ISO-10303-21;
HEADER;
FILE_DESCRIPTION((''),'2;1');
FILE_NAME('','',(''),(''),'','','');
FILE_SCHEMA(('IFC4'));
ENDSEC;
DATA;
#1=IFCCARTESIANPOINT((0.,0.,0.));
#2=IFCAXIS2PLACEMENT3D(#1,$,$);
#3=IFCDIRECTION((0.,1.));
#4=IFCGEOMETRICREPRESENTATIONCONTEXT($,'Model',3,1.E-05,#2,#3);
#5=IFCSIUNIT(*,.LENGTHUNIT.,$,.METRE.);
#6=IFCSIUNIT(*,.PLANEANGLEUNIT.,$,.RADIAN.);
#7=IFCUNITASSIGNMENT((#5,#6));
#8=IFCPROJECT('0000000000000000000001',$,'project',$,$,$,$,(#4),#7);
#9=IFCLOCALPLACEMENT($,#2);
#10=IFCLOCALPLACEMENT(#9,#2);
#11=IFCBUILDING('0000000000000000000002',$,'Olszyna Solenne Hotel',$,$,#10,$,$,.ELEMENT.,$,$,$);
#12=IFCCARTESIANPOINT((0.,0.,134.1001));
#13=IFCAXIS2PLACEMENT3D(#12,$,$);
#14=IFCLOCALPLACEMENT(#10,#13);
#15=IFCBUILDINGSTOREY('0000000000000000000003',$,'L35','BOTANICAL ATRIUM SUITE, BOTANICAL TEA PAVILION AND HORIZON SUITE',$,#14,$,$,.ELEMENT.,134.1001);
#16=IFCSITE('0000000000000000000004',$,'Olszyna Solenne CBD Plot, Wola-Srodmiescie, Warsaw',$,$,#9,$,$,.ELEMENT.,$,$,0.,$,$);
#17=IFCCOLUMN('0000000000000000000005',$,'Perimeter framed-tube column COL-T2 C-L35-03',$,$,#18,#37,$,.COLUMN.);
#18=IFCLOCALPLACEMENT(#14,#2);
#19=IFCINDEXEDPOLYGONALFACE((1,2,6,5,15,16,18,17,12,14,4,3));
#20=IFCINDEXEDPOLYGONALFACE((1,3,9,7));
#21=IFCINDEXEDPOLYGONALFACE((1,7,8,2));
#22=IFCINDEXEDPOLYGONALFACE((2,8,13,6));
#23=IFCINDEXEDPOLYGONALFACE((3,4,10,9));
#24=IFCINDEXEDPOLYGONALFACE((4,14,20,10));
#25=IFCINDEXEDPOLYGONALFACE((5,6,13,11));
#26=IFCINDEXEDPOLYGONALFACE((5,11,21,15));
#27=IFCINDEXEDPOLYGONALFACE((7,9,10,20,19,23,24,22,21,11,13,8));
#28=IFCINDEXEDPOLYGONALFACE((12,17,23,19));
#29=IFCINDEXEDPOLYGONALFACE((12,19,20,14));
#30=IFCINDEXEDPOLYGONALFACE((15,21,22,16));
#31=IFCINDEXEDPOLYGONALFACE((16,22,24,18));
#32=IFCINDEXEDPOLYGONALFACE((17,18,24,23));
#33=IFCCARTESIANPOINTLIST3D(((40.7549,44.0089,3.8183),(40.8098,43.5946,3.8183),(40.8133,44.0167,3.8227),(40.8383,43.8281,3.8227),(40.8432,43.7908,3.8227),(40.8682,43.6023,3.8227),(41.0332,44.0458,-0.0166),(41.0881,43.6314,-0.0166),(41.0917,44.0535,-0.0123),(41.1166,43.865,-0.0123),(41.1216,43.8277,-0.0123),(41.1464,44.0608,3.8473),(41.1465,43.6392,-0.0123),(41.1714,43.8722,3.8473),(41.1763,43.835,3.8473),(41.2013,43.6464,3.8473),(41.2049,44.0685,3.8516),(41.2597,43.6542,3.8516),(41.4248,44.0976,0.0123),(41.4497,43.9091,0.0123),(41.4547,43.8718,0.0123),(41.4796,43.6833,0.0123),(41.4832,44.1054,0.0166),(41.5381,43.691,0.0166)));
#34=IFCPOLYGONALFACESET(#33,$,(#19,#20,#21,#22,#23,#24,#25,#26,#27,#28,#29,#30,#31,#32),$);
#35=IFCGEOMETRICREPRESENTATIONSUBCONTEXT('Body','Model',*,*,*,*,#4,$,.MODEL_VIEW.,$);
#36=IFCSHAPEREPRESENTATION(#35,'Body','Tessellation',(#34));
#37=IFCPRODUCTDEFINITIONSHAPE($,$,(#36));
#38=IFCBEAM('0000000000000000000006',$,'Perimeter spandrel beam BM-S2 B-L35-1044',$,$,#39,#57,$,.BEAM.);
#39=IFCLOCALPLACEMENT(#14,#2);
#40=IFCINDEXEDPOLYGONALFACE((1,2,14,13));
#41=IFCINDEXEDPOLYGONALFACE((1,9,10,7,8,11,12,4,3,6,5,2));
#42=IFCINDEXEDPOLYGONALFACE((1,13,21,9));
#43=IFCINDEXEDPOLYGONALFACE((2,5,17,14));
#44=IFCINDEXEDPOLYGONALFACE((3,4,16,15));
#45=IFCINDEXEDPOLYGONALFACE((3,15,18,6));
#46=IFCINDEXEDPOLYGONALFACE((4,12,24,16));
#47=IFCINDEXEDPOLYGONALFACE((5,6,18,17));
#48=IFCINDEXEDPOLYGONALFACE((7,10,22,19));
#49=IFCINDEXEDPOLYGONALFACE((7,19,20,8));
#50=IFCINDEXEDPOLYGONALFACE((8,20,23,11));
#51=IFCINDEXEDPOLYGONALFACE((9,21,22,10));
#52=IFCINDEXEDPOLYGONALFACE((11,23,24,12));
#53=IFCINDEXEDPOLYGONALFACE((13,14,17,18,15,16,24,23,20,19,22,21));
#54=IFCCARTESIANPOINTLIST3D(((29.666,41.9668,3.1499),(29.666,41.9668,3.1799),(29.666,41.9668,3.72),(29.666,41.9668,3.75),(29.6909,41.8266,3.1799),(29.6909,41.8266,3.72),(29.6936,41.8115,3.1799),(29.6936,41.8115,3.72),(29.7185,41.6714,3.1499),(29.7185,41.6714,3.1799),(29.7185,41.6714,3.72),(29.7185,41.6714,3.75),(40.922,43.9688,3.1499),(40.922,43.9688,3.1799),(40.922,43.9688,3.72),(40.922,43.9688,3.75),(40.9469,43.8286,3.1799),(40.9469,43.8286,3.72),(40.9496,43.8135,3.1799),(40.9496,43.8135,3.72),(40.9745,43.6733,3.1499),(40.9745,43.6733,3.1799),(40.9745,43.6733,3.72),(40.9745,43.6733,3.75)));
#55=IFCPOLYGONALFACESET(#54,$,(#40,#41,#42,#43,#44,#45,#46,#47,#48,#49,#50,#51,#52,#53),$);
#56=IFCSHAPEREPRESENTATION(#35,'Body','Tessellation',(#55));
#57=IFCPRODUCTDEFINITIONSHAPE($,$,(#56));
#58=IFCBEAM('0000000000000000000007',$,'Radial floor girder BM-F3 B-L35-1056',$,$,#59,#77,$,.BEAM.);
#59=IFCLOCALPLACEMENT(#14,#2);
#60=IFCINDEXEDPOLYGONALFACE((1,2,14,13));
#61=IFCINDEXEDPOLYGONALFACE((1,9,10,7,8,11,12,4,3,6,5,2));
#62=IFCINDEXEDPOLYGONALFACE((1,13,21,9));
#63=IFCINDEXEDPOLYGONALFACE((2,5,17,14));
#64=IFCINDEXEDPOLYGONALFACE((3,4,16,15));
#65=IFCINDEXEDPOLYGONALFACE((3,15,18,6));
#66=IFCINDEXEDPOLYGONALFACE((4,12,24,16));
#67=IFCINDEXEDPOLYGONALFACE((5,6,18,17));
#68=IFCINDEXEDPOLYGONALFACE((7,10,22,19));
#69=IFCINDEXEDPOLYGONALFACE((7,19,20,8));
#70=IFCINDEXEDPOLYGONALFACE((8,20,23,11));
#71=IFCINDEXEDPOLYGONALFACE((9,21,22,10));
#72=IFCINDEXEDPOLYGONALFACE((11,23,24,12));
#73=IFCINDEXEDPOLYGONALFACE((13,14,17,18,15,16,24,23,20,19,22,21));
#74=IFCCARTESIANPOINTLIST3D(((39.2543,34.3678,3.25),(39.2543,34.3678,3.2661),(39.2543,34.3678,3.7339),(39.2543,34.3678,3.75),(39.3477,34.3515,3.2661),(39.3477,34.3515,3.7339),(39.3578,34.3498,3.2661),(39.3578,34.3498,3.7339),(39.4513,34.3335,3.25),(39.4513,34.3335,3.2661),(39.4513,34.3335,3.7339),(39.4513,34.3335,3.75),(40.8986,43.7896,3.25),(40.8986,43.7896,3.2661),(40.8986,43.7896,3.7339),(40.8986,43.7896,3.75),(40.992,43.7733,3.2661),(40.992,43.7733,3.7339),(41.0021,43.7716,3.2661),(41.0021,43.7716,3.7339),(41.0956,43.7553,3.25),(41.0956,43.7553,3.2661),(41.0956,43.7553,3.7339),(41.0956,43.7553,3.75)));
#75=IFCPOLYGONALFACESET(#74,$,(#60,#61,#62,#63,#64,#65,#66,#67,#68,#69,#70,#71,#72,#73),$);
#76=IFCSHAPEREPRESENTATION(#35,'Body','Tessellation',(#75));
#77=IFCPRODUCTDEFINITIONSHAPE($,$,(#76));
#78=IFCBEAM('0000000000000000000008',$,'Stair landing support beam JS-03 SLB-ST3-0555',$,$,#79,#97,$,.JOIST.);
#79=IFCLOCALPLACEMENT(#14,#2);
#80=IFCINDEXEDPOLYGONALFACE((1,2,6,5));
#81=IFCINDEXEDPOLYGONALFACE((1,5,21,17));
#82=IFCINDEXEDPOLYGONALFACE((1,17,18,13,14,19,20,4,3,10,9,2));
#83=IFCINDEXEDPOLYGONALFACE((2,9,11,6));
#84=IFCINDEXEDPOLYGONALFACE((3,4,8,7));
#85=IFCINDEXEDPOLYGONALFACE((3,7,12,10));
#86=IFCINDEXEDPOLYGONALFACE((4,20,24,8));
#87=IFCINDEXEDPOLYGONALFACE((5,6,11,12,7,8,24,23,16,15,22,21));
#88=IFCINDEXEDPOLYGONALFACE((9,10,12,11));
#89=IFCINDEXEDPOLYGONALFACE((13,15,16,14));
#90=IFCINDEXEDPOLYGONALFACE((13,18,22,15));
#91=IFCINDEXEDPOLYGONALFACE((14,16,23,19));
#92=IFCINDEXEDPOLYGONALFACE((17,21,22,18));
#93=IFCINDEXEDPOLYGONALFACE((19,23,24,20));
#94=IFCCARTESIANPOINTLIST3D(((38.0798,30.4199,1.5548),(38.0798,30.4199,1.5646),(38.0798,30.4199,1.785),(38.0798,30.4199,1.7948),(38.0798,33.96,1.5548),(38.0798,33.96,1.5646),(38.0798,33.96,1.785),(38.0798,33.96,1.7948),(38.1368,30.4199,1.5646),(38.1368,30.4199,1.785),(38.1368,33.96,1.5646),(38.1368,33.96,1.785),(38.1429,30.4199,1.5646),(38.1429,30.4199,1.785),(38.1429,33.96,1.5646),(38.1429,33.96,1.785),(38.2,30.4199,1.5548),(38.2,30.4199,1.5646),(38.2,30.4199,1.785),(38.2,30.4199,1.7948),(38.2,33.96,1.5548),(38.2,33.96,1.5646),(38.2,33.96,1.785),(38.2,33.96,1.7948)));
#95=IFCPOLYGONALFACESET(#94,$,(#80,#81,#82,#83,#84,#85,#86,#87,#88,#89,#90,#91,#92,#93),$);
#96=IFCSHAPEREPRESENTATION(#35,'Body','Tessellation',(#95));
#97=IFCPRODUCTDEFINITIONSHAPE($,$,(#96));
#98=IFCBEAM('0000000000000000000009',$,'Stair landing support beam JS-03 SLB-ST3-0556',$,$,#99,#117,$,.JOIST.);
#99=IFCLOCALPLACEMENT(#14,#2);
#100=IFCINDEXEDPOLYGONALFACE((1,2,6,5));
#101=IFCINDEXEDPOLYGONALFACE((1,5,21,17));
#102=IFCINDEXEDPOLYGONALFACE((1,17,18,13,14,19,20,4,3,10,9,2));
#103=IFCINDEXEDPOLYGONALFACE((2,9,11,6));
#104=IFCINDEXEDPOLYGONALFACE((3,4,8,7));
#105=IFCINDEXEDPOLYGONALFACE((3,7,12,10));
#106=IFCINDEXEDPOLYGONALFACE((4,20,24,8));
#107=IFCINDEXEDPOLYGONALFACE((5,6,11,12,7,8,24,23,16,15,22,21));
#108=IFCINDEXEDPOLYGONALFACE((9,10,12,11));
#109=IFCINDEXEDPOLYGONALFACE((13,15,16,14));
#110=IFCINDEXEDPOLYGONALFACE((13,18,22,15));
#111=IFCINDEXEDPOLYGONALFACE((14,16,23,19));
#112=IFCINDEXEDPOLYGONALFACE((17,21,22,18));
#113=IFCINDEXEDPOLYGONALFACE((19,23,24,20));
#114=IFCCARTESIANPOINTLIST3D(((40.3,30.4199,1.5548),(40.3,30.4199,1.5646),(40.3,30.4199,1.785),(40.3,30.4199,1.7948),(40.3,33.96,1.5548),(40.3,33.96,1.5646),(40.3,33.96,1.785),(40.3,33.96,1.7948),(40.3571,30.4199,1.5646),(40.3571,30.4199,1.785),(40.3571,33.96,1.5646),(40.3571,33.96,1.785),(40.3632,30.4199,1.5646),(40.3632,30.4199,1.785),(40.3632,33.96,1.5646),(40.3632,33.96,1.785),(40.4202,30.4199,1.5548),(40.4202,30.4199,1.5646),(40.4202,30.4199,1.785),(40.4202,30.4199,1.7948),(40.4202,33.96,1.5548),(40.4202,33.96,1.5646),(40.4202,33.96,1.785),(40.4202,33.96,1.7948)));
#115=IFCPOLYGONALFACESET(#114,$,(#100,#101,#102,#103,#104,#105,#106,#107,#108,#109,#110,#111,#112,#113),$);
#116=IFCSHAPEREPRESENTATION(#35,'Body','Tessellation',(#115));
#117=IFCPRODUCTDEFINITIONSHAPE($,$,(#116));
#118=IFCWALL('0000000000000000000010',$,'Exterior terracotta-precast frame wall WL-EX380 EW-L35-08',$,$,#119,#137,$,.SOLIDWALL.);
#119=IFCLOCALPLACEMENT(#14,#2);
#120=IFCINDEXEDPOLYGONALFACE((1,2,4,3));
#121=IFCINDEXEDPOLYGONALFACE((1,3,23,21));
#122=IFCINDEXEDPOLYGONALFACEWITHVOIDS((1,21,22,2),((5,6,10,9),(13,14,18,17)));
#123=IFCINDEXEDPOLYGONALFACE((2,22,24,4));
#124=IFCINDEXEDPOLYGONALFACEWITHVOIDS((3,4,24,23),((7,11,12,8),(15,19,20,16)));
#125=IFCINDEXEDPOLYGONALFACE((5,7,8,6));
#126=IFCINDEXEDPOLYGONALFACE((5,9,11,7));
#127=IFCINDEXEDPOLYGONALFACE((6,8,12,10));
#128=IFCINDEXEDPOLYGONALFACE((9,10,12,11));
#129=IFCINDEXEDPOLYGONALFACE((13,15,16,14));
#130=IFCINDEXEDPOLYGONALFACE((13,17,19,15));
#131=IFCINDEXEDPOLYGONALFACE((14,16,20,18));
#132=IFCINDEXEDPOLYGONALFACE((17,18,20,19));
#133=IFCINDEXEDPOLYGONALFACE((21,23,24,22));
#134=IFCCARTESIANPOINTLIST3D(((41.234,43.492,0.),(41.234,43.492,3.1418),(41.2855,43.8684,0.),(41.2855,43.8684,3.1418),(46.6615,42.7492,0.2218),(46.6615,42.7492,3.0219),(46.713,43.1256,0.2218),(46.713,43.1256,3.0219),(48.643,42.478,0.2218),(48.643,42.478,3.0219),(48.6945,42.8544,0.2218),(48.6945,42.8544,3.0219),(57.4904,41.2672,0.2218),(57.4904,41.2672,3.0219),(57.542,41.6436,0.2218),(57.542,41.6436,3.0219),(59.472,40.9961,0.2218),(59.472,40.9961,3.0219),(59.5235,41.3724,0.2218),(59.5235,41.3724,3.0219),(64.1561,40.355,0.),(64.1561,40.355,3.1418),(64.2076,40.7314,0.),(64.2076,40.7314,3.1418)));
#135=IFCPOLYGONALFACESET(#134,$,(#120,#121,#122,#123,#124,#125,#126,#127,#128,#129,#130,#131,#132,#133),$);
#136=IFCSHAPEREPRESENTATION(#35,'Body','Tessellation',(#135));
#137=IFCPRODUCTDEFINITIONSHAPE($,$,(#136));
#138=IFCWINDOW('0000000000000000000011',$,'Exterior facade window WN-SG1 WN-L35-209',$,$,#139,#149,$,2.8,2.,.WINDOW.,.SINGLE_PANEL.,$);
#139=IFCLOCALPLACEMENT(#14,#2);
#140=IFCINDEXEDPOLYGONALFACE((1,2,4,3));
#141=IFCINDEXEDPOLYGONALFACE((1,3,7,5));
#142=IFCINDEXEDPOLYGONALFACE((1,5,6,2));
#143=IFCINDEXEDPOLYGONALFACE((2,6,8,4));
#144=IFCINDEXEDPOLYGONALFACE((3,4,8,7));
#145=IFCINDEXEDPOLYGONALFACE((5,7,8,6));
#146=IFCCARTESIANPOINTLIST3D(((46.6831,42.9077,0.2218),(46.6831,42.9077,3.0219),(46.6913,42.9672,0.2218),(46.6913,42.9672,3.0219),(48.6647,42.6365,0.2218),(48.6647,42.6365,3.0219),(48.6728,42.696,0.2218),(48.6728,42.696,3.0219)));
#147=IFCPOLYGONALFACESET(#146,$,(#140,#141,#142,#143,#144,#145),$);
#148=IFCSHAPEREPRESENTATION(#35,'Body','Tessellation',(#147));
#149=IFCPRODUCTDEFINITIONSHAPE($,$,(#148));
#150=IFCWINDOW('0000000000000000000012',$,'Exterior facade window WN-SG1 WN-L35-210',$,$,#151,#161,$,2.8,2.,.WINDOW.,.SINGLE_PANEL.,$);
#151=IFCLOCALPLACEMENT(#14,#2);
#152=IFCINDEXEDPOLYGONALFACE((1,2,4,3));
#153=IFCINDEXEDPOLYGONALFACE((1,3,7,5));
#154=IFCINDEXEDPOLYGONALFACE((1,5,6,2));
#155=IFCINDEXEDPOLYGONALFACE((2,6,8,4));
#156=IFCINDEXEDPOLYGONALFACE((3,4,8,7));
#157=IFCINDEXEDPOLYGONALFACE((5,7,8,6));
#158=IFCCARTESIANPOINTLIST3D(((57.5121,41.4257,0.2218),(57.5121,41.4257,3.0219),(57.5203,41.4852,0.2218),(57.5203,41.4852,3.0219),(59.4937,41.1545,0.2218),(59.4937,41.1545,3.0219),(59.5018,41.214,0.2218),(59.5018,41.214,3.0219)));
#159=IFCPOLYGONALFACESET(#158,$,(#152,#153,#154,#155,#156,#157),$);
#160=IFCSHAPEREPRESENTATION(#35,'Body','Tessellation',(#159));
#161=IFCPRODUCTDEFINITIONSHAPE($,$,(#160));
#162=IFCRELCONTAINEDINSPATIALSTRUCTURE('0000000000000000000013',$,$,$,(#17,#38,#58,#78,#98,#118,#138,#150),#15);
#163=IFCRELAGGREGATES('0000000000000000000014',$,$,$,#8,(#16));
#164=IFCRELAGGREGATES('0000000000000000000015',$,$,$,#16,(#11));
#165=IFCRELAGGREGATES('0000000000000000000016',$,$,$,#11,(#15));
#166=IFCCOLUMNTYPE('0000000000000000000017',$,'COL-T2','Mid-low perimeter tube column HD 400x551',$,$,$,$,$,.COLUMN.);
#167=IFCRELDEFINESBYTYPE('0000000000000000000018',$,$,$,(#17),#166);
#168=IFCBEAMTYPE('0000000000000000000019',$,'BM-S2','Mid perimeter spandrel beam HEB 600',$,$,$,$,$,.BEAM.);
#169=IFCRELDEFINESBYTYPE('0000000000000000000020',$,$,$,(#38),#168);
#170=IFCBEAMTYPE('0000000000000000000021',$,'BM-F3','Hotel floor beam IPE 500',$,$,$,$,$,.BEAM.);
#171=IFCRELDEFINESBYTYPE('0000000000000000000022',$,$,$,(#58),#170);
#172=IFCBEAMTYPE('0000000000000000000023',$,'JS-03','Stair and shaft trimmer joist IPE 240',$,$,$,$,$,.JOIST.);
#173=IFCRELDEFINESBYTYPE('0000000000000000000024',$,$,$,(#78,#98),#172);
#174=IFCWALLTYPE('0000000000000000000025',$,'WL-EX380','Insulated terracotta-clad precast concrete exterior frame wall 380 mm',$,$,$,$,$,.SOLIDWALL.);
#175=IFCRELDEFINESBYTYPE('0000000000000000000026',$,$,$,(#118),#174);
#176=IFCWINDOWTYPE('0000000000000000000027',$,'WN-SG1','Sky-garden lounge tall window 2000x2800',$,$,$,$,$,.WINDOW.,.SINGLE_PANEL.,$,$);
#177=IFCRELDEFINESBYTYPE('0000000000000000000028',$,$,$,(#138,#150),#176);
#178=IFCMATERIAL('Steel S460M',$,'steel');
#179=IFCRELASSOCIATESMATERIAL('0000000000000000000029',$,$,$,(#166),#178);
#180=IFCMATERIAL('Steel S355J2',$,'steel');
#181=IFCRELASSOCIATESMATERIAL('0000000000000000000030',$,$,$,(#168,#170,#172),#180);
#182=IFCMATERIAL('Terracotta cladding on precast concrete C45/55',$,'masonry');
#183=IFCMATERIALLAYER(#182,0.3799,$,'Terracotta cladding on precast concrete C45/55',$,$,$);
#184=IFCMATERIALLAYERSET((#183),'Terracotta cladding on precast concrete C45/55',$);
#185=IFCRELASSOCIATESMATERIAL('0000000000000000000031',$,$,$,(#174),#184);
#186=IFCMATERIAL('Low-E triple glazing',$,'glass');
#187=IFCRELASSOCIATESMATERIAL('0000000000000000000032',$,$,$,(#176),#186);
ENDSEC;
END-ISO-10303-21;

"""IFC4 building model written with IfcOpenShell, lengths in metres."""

from ifc_helpers import new_model, si_unit, direction, frame, frame_2d, origin, origin_2d, place, context, subcontext, project, spatial, rectangle, i_section, extrude, source, transform, mapped, material, layer, layer_set, material_profile, profile_set, type_object, type_shapes, element, fill, save


model = new_model("IFC4")

# Units and contexts
model_context = context("Model", 3, precision=1e-05, world=origin(), true_north=direction((0.0, 1.0)))
body_context = subcontext(model_context, "Body", "Model", "MODEL_VIEW")
ifc_project = project(units=[si_unit("LENGTHUNIT", "METRE"), si_unit("PLANEANGLEUNIT", "RADIAN")], contexts=[model_context])

# Site, building, storey
site_placement = place(None, origin())
site = spatial("IfcSite", under=ifc_project, at=site_placement, Name="Olszyna Solenne CBD Plot, Wola-Srodmiescie, Warsaw", CompositionType="ELEMENT", RefElevation=0.0)
building_placement = place(site_placement, origin())
building = spatial("IfcBuilding", under=site, at=building_placement, Name="Olszyna Solenne Hotel", CompositionType="ELEMENT")
storey_placement = place(building_placement, frame((0.0, 0.0, 134.1001)))
storey = spatial("IfcBuildingStorey", under=building, at=storey_placement, Name="L35", Description="BOTANICAL ATRIUM SUITE, BOTANICAL TEA PAVILION AND HORIZON SUITE", CompositionType="ELEMENT", Elevation=134.1001)

# Column
ifc_material_1 = material(Name="Steel S460M", Category="steel")
ifc_material_profile_1 = material_profile(ifc_material_1, i_section(OverallWidth=0.418, OverallDepth=0.4551, WebThickness=0.0376, FlangeThickness=0.0591, at=origin_2d()), Name="HD 400x551", Category="load-bearing")
ifc_profile_set_1 = profile_set([ifc_material_profile_1], Name="Steel S460M")
column_type = type_object("IfcColumnType", Name="COL-T2", Description="Mid-low perimeter tube column HD 400x551", PredefinedType="COLUMN", material=ifc_profile_set_1)
shared_shape_1 = source(origin(), body_context, "Body", "SweptSolid", [
    extrude(i_section(OverallWidth=0.418, OverallDepth=0.4551, WebThickness=0.0376, FlangeThickness=0.0591, at=origin_2d()), origin(), (0.0, 0.0, 1.0), 3.8452),
])
column_placement = place(storey_placement, frame((41.2856, 43.8684, 0.0), z_axis=(-0.072381, -0.009587, 0.997331), x_axis=(0.131309, -0.991341, 0.0)))
element("IfcColumn", 1, at=column_placement, inside=storey, type_object=column_type, Name="Perimeter framed-tube column COL-T2 C-L35-03", PredefinedType="COLUMN", context=body_context, shape_type="MappedRepresentation", body=[
    mapped(shared_shape_1, transform((0.0, 0.0, 0.0), x_axis=(1.0, 0.0, 0.0), y_axis=(0.0, 1.0, 0.0), z_axis=(0.0, 0.0, 1.0), scale=1.0)),
])

# Beams
ifc_material_2 = material(Name="Steel S355J2", Category="steel")
ifc_material_profile_2 = material_profile(ifc_material_2, i_section(OverallWidth=0.3, OverallDepth=0.6001, WebThickness=0.0154, FlangeThickness=0.03, at=origin_2d()), Name="HEB 600", Category="load-bearing")
ifc_profile_set_2 = profile_set([ifc_material_profile_2], Name="Steel S355J2")
beam_type_1 = type_object("IfcBeamType", Name="BM-S2", Description="Mid perimeter spandrel beam HEB 600", PredefinedType="BEAM", material=ifc_profile_set_2)
shared_shape_2 = source(origin(), body_context, "Body", "SweptSolid", [
    extrude(i_section(OverallWidth=0.3, OverallDepth=0.6001, WebThickness=0.0154, FlangeThickness=0.03, at=origin_2d()), origin(), (0.0, 0.0, 1.0), 11.4326),
])
beam_1_placement = place(storey_placement, frame((40.9482, 43.821, 3.45), z_axis=(-0.984549, -0.175111, 0.0), x_axis=(0.175111, -0.984549, 0.0)))
element("IfcBeam", 2, at=beam_1_placement, inside=storey, type_object=beam_type_1, Name="Perimeter spandrel beam BM-S2 B-L35-1044", PredefinedType="BEAM", context=body_context, shape_type="MappedRepresentation", body=[
    mapped(shared_shape_2, transform((0.0, 0.0, 0.0), x_axis=(1.0, 0.0, 0.0), y_axis=(0.0, 1.0, 0.0), z_axis=(0.0, 0.0, 1.0), scale=1.0)),
])
ifc_material_profile_3 = material_profile(ifc_material_2, i_section(OverallWidth=0.2, OverallDepth=0.5, WebThickness=0.0103, FlangeThickness=0.0161, at=origin_2d()), Name="IPE 500", Category="load-bearing")
ifc_profile_set_3 = profile_set([ifc_material_profile_3], Name="Steel S355J2")
beam_type_2 = type_object("IfcBeamType", Name="BM-F3", Description="Hotel floor beam IPE 500", PredefinedType="BEAM", material=ifc_profile_set_3)
shared_shape_3 = source(origin(), body_context, "Body", "SweptSolid", [
    extrude(i_section(OverallWidth=0.2, OverallDepth=0.5, WebThickness=0.0103, FlangeThickness=0.0161, at=origin_2d()), origin(), (0.0, 0.0, 1.0), 9.5642),
])
beam_2_placement = place(storey_placement, frame((40.9971, 43.7725, 3.5), z_axis=(-0.17192, -0.985111, 0.0), x_axis=(0.985111, -0.17192, 0.0)))
element("IfcBeam", 3, at=beam_2_placement, inside=storey, type_object=beam_type_2, Name="Radial floor girder BM-F3 B-L35-1056", PredefinedType="BEAM", context=body_context, shape_type="MappedRepresentation", body=[
    mapped(shared_shape_3, transform((0.0, 0.0, 0.0), x_axis=(1.0, 0.0, 0.0), y_axis=(0.0, 1.0, 0.0), z_axis=(0.0, 0.0, 1.0), scale=1.0)),
])
ifc_material_profile_4 = material_profile(ifc_material_2, i_section(OverallWidth=0.1201, OverallDepth=0.24, WebThickness=0.0061, FlangeThickness=0.0098, at=origin_2d()), Name="IPE 240", Category="load-bearing")
ifc_profile_set_4 = profile_set([ifc_material_profile_4], Name="Steel S355J2")
beam_type_3 = type_object("IfcBeamType", Name="JS-03", Description="Stair and shaft trimmer joist IPE 240", PredefinedType="JOIST", material=ifc_profile_set_4)
shared_shape_4 = source(origin(), body_context, "Body", "SweptSolid", [
    extrude(i_section(OverallWidth=0.1201, OverallDepth=0.24, WebThickness=0.0061, FlangeThickness=0.0098, at=origin_2d()), origin(), (0.0, 0.0, 1.0), 3.54),
])
for number, where, z_axis, x_axis, name in (
    (4, (38.1399, 30.4199, 1.6748), (0.0, 1.0, 0.0), (-1.0, 0.0, 0.0), "Stair landing support beam JS-03 SLB-ST3-0555"),
    (5, (40.3601, 30.4199, 1.6748), (0.0, 1.0, 0.0), (-1.0, 0.0, 0.0), "Stair landing support beam JS-03 SLB-ST3-0556"),
):
    element("IfcBeam", number, at=place(storey_placement, frame(where, z_axis=z_axis, x_axis=x_axis)), inside=storey, type_object=beam_type_3, Name=name, PredefinedType="JOIST", context=body_context, shape_type="MappedRepresentation", body=[
        mapped(shared_shape_4, transform((0.0, 0.0, 0.0), x_axis=(1.0, 0.0, 0.0), y_axis=(0.0, 1.0, 0.0), z_axis=(0.0, 0.0, 1.0), scale=1.0)),
    ])

# Wall, openings, windows
ifc_material_3 = material(Name="Terracotta cladding on precast concrete C45/55", Category="masonry")
ifc_layer_1 = layer(ifc_material_3, 0.3799, Name="Terracotta cladding on precast concrete C45/55")
ifc_layer_set_1 = layer_set([ifc_layer_1], Name="Terracotta cladding on precast concrete C45/55")
wall_type_1 = type_object("IfcWallType", Name="WL-EX380", Description="Insulated terracotta-clad precast concrete exterior frame wall 380 mm", PredefinedType="SOLIDWALL", material=ifc_layer_set_1)
wall_1_placement = place(storey_placement, frame((41.2598, 43.6802, 0.0), z_axis=(0.0, 0.0, 1.0), x_axis=(0.990765, -0.135589, 0.0)))
wall_1 = element("IfcWall", 6, at=wall_1_placement, inside=storey, type_object=wall_type_1, Name="Exterior terracotta-precast frame wall WL-EX380 EW-L35-08", PredefinedType="SOLIDWALL", context=body_context, shape_type="SweptSolid", body=[
    extrude(rectangle(XDim=23.1357, YDim=0.3799, at=frame_2d((11.5679, 0.0))), origin(), (0.0, 0.0, 1.0), 3.1418),
])
opening_1_placement = place(wall_1_placement, frame((5.478, 0.0, 0.2219)))
opening_1 = element("IfcOpeningElement", 7, at=opening_1_placement, cuts=wall_1, PredefinedType="OPENING", context=body_context, shape_type="SweptSolid", body=[
    extrude(rectangle(XDim=2.0, YDim=2.8, at=frame_2d((1.0, 1.3999))), frame((0.0, 0.2, 0.0), z_axis=(0.0, -1.0, 0.0), x_axis=(1.0, 0.0, 0.0)), (0.0, 0.0, 1.0), 0.3999),
])
opening_2_placement = place(wall_1_placement, frame((16.408, 0.0, 0.2219)))
opening_2 = element("IfcOpeningElement", 8, at=opening_2_placement, cuts=wall_1, PredefinedType="OPENING", context=body_context, shape_type="SweptSolid", body=[
    extrude(rectangle(XDim=2.0, YDim=2.8, at=frame_2d((1.0, 1.3999))), frame((0.0, 0.2, 0.0), z_axis=(0.0, -1.0, 0.0), x_axis=(1.0, 0.0, 0.0)), (0.0, 0.0, 1.0), 0.3999),
])
ifc_material_4 = material(Name="Low-E triple glazing", Category="glass")
window_type = type_object("IfcWindowType", Name="WN-SG1", Description="Sky-garden lounge tall window 2000x2800", PartitioningType="SINGLE_PANEL", PredefinedType="WINDOW", material=ifc_material_4)
shared_shape_5 = source(origin(), body_context, "Body", "SweptSolid", [
    extrude(rectangle(XDim=2.0, YDim=2.8, at=frame_2d((1.0, 1.3999))), frame((0.0, 0.03, 0.0), z_axis=(0.0, -1.0, 0.0), x_axis=(1.0, 0.0, 0.0)), (0.0, 0.0, 1.0), 0.0601),
])
type_shapes(window_type, [shared_shape_5])
window_1_placement = place(opening_1_placement, origin())
window_1 = element("IfcWindow", 9, at=window_1_placement, inside=storey, type_object=window_type, Name="Exterior facade window WN-SG1 WN-L35-209", OverallHeight=2.8, OverallWidth=2.0, PartitioningType="SINGLE_PANEL", PredefinedType="WINDOW", context=body_context, shape_type="MappedRepresentation", body=[
    mapped(shared_shape_5, transform((0.0, 0.0, 0.0), x_axis=(1.0, 0.0, 0.0), y_axis=(0.0, 1.0, 0.0), z_axis=(0.0, 0.0, 1.0), scale=1.0)),
])
fill(opening_1, window_1)
window_2_placement = place(opening_2_placement, origin())
window_2 = element("IfcWindow", 10, at=window_2_placement, inside=storey, type_object=window_type, Name="Exterior facade window WN-SG1 WN-L35-210", OverallHeight=2.8, OverallWidth=2.0, PartitioningType="SINGLE_PANEL", PredefinedType="WINDOW", context=body_context, shape_type="MappedRepresentation", body=[
    mapped(shared_shape_5, transform((0.0, 0.0, 0.0), x_axis=(1.0, 0.0, 0.0), y_axis=(0.0, 1.0, 0.0), z_axis=(0.0, 0.0, 1.0), scale=1.0)),
])
fill(opening_2, window_2)

save(model, "model.ifc")
